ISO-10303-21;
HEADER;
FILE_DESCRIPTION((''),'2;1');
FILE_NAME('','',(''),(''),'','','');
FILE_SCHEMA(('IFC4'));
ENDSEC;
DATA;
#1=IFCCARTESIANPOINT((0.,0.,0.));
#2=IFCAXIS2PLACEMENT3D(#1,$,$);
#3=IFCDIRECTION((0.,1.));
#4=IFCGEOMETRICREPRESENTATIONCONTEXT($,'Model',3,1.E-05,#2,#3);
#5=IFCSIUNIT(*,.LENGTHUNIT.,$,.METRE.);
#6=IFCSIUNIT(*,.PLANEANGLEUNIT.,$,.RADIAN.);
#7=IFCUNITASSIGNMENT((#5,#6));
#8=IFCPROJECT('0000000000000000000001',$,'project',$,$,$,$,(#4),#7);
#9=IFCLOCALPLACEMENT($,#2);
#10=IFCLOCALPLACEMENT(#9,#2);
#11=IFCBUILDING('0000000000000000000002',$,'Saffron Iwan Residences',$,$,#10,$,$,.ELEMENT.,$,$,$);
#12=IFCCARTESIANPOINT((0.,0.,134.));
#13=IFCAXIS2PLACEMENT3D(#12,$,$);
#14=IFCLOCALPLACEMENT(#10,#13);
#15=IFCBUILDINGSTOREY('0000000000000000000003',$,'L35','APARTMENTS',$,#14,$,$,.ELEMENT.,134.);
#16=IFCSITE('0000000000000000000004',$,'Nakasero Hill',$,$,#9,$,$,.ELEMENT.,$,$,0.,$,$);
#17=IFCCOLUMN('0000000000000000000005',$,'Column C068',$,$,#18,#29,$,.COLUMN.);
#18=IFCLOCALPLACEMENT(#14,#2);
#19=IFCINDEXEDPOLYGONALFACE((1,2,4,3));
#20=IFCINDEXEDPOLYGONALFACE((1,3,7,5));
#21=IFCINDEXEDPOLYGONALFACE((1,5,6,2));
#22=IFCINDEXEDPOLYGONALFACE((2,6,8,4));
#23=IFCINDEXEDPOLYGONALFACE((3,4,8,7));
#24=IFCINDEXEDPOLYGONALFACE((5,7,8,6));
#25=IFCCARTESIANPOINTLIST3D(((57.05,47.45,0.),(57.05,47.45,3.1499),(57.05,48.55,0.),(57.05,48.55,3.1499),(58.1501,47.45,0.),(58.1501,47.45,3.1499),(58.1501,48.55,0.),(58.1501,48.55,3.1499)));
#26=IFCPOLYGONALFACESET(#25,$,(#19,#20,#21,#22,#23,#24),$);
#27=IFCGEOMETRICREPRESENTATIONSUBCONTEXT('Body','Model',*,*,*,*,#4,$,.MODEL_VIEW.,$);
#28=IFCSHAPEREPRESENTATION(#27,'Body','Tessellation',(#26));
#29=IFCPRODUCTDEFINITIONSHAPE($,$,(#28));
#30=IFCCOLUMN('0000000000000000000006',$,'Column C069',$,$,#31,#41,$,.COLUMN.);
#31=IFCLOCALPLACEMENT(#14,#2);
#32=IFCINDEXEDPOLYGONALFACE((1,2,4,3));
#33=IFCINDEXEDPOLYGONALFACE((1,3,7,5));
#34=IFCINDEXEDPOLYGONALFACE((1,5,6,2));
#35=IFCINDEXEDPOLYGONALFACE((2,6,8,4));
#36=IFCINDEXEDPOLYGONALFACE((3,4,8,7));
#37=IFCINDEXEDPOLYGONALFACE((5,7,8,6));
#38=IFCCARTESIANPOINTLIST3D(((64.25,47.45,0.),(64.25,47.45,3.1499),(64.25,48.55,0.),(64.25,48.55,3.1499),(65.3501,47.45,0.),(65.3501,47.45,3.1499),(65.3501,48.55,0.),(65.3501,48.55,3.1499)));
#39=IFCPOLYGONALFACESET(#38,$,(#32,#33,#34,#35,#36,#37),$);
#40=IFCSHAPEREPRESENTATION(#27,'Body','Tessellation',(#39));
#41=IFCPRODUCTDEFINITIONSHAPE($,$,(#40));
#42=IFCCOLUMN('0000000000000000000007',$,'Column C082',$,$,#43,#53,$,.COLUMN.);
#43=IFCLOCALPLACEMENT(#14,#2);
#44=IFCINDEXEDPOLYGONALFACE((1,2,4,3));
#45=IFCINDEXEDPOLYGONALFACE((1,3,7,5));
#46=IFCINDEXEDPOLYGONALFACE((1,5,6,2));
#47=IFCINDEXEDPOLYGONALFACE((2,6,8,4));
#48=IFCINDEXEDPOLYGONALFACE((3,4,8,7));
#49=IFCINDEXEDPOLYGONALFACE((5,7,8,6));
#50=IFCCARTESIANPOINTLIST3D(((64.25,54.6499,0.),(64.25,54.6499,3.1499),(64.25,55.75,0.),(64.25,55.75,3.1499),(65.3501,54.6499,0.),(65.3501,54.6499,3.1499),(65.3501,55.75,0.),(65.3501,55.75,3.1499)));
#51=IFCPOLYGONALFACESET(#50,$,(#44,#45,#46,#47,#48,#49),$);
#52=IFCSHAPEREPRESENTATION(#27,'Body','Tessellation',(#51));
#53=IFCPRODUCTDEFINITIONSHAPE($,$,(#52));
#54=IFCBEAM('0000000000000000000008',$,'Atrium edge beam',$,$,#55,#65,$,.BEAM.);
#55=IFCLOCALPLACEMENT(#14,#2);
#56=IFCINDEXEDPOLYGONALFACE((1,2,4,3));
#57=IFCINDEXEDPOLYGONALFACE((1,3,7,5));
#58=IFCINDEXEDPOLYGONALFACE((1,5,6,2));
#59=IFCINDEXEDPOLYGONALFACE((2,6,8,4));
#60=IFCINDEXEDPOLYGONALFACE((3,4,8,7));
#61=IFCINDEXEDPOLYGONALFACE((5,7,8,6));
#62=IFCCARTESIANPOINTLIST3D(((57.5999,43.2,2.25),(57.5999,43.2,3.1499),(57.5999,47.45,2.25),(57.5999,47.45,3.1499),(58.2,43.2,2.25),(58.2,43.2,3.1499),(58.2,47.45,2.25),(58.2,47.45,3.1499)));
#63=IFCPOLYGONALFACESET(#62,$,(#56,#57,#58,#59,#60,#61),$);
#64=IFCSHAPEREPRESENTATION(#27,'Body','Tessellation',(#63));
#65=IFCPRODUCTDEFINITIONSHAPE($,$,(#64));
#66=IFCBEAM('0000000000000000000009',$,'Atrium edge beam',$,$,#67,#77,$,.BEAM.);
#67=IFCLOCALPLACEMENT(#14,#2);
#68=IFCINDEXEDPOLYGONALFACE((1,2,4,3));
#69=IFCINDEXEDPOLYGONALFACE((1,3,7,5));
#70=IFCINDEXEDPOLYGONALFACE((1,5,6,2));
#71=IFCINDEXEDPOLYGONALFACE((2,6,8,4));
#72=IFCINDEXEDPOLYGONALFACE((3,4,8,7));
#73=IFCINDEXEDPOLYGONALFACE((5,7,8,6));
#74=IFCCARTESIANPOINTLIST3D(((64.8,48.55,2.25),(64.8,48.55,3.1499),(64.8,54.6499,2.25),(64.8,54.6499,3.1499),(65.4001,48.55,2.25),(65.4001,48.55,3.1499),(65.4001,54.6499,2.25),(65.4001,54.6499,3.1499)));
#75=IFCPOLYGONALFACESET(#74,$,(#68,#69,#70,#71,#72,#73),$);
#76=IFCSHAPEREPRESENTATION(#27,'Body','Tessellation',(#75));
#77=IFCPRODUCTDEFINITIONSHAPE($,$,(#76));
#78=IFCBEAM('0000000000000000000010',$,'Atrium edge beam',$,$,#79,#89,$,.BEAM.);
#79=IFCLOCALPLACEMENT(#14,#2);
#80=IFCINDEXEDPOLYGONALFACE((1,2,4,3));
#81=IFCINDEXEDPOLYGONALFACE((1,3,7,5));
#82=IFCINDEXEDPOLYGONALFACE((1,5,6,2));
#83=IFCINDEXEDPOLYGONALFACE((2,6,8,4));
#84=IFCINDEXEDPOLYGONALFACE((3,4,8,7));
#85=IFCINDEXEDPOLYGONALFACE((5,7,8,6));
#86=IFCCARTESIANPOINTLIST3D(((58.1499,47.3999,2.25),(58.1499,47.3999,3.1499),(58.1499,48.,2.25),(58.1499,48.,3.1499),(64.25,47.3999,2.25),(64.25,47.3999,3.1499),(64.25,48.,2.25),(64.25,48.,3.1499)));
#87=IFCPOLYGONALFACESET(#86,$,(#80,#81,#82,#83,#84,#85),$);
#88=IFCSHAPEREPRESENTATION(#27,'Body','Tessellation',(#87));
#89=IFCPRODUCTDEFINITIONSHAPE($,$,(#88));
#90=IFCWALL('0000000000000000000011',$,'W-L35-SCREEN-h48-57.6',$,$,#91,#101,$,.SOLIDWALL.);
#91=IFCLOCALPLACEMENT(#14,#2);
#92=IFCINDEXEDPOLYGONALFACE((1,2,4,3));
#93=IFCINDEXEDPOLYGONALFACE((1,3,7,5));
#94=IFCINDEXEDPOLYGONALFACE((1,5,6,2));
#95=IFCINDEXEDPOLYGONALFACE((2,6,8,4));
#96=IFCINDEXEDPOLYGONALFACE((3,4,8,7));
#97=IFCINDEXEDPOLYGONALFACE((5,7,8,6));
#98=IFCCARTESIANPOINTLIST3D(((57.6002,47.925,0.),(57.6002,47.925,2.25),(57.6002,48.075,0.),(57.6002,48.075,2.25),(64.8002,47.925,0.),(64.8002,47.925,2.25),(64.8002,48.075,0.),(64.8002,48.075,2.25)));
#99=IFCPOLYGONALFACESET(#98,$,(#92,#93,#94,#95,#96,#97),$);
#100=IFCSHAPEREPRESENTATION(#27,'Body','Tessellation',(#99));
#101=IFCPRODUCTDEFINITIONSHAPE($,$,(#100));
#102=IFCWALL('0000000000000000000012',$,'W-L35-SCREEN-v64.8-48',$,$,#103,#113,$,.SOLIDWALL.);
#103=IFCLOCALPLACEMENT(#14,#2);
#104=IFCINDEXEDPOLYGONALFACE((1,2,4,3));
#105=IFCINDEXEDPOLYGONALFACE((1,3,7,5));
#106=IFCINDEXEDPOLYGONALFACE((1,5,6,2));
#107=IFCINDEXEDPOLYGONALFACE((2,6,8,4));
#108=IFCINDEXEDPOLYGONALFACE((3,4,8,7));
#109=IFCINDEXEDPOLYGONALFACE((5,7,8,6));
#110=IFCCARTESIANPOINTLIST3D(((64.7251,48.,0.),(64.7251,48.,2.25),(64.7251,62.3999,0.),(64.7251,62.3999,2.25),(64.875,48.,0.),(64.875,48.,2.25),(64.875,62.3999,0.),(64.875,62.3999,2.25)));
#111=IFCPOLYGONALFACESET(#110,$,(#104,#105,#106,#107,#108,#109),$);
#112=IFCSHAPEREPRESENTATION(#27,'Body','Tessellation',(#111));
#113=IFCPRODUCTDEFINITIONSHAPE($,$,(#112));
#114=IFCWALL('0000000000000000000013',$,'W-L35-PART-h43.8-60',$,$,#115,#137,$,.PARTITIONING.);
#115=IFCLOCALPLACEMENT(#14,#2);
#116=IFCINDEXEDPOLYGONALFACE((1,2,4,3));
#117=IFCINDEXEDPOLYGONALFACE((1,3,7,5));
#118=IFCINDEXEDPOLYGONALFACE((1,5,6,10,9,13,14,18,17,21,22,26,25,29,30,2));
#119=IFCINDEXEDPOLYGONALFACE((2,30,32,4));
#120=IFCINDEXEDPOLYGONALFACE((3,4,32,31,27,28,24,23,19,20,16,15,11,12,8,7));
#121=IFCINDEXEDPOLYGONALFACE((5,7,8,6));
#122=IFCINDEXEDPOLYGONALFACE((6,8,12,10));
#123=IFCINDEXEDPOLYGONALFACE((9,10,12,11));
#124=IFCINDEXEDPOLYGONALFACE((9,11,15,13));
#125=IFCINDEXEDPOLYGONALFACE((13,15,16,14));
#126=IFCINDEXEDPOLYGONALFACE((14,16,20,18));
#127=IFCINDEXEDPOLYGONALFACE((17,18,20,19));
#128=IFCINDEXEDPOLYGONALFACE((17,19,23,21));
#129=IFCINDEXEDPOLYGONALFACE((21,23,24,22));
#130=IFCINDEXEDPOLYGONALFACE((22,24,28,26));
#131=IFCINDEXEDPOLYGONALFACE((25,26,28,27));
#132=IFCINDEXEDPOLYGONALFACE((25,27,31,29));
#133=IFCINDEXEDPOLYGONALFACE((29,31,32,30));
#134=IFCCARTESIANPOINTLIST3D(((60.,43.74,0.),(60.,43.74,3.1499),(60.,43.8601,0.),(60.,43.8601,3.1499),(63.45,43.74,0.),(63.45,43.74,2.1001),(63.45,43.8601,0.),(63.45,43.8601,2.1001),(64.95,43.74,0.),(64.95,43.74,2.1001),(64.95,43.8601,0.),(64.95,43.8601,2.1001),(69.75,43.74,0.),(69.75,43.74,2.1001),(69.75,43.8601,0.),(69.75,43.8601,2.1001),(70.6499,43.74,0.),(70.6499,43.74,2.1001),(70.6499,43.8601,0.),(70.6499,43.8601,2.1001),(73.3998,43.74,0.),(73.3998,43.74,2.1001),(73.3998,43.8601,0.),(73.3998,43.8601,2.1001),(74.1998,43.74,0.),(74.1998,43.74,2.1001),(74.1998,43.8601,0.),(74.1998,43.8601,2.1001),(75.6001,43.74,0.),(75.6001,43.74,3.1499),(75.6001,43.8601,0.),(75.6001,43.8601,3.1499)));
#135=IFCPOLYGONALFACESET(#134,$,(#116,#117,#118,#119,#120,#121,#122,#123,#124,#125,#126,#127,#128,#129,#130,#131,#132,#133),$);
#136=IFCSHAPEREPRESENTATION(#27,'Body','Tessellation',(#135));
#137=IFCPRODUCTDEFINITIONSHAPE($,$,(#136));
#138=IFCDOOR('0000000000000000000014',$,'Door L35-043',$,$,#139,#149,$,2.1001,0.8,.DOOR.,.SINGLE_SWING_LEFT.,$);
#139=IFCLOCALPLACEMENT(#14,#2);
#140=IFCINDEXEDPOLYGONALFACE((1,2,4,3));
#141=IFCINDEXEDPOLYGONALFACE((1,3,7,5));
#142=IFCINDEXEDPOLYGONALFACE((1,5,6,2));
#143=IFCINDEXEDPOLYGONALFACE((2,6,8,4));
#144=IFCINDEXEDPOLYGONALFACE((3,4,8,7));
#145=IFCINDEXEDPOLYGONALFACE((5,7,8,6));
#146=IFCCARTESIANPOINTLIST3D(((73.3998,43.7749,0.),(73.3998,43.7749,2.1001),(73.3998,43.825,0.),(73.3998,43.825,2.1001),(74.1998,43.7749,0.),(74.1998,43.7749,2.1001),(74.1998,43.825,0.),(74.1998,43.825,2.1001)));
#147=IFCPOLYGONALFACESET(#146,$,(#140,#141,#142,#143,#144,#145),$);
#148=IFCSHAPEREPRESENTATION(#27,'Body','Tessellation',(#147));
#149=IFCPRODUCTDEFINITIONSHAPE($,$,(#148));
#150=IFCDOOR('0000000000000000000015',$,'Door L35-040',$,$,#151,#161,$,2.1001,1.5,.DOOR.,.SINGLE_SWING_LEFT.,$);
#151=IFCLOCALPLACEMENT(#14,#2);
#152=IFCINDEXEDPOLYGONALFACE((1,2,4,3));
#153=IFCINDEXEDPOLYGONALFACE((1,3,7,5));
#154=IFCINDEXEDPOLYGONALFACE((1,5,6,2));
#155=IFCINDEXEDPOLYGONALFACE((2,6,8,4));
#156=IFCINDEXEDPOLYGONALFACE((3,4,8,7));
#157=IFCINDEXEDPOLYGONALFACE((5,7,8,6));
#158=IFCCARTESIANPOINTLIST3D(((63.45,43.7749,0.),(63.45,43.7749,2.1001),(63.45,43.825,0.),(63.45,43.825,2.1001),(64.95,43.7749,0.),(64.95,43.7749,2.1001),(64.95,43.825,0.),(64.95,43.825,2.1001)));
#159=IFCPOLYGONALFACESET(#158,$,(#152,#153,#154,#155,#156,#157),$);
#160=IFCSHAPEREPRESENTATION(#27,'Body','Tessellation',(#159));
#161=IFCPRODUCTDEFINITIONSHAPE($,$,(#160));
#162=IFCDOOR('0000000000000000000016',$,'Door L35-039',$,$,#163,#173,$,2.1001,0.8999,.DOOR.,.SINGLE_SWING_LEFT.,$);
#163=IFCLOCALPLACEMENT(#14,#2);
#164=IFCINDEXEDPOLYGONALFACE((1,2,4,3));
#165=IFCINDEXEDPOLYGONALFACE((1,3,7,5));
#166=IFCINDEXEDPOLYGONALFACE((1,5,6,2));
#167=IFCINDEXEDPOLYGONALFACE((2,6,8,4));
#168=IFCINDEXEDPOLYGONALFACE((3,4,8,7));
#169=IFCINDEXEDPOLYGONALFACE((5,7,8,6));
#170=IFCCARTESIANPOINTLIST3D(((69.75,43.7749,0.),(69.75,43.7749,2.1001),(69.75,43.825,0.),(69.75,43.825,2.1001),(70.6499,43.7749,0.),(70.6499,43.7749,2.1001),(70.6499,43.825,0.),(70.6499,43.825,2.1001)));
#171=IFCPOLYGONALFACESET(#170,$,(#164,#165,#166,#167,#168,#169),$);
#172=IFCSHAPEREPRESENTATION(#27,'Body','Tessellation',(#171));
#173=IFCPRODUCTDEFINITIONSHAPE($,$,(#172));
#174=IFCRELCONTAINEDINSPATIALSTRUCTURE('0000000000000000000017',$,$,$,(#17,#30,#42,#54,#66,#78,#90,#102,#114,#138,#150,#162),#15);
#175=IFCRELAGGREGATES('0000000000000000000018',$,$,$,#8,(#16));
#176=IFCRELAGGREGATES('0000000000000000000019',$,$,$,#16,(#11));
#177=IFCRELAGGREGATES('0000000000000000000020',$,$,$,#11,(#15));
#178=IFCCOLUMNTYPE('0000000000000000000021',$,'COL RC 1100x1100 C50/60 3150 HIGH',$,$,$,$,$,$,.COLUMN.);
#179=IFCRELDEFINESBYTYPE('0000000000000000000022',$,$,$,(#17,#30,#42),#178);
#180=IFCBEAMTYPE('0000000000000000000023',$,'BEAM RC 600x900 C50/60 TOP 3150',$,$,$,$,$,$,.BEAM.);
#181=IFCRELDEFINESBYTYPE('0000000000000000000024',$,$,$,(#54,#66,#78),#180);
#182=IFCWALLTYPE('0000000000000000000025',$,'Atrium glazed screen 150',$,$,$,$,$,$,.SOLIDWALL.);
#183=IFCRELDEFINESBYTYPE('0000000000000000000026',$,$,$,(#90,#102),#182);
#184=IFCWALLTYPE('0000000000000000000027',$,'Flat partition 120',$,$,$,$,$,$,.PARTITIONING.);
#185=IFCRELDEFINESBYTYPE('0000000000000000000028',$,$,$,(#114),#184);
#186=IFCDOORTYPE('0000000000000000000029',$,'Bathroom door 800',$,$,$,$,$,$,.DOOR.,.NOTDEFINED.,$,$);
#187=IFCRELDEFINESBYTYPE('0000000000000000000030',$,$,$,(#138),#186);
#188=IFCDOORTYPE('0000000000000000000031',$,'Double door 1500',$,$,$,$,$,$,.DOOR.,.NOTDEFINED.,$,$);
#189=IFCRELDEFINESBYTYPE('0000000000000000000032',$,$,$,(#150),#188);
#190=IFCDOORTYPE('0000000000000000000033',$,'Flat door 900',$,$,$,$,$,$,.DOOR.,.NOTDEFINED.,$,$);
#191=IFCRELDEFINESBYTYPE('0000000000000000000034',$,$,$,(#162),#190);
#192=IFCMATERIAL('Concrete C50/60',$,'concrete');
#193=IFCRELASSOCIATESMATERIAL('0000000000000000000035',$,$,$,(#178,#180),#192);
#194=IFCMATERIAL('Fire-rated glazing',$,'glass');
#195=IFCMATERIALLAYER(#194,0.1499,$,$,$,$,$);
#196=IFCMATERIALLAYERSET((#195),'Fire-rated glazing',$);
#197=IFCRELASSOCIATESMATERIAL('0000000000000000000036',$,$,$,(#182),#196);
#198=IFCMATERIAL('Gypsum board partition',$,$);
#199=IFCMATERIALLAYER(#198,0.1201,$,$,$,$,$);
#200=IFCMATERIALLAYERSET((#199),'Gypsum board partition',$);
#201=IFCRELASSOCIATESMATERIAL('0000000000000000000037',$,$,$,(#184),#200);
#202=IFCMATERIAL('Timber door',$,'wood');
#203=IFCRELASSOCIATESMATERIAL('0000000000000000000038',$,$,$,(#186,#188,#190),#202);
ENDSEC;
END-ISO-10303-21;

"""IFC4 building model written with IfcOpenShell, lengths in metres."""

from ifc_helpers import new_model, si_unit, direction, frame, frame_2d, origin, origin_2d, place, context, subcontext, project, spatial, rectangle, extrude, source, transform, mapped, material, layer, layer_set, material_profile, profile_set, type_object, element, fill, save


model = new_model("IFC4")

# Units and contexts
model_context = context("Model", 3, precision=1e-05, world=origin(), true_north=direction((0.0, 1.0)))
body_context = subcontext(model_context, "Body", "Model", "MODEL_VIEW")
ifc_project = project(units=[si_unit("LENGTHUNIT", "METRE"), si_unit("PLANEANGLEUNIT", "RADIAN")], contexts=[model_context])

# Site, building, storey
site_placement = place(None, origin())
site = spatial("IfcSite", under=ifc_project, at=site_placement, Name="Nakasero Hill", CompositionType="ELEMENT", RefElevation=0.0)
building_placement = place(site_placement, origin())
building = spatial("IfcBuilding", under=site, at=building_placement, Name="Saffron Iwan Residences", CompositionType="ELEMENT")
storey_placement = place(building_placement, frame((0.0, 0.0, 134.0)))
storey = spatial("IfcBuildingStorey", under=building, at=storey_placement, Name="L35", Description="APARTMENTS", CompositionType="ELEMENT", Elevation=134.0)

# Columns
ifc_material_1 = material(Name="Concrete C50/60", Category="concrete")
ifc_material_profile_1 = material_profile(ifc_material_1, rectangle(XDim=1.1001, YDim=1.1001, at=origin_2d()), Name="RC 1100x1100")
ifc_profile_set_1 = profile_set([ifc_material_profile_1], Name="Concrete C50/60")
column_type = type_object("IfcColumnType", Name="COL RC 1100x1100 C50/60 3150 HIGH", PredefinedType="COLUMN", material=ifc_profile_set_1)
shared_shape_1 = source(origin(), body_context, "Body", "SweptSolid", [
    extrude(rectangle(XDim=1.1001, YDim=1.1001, at=origin_2d()), origin(), (0.0, 0.0, 1.0), 3.1499),
])
for number, where, z_axis, x_axis, name in (
    (1, (57.6001, 48.0, 0.0), (0.0, 0.0, 1.0), (1.0, 0.0, 0.0), "Column C068"),
    (2, (64.8, 48.0, 0.0), (0.0, 0.0, 1.0), (1.0, 0.0, 0.0), "Column C069"),
    (3, (64.8, 55.2, 0.0), (0.0, 0.0, 1.0), (1.0, 0.0, 0.0), "Column C082"),
):
    element("IfcColumn", number, at=place(storey_placement, frame(where, z_axis=z_axis, x_axis=x_axis)), inside=storey, type_object=column_type, Name=name, PredefinedType="COLUMN", context=body_context, shape_type="MappedRepresentation", body=[
        mapped(shared_shape_1, transform((0.0, 0.0, 0.0))),
    ])

# Beams
ifc_material_profile_2 = material_profile(ifc_material_1, rectangle(XDim=0.6001, YDim=0.8999, at=origin_2d()), Name="RC 600x900")
ifc_profile_set_2 = profile_set([ifc_material_profile_2], Name="Concrete C50/60")
beam_type = type_object("IfcBeamType", Name="BEAM RC 600x900 C50/60 TOP 3150", PredefinedType="BEAM", material=ifc_profile_set_2)
shared_shape_2 = source(origin(), body_context, "Body", "SweptSolid", [
    extrude(rectangle(XDim=0.6001, YDim=0.8999, at=origin_2d()), origin(), (0.0, 0.0, 1.0), 4.25),
])
beam_1_placement = place(storey_placement, frame((57.8999, 47.45, 2.7), z_axis=(0.0, -1.0, 0.0), x_axis=(1.0, 0.0, 0.0)))
element("IfcBeam", 4, at=beam_1_placement, inside=storey, type_object=beam_type, Name="Atrium edge beam", PredefinedType="BEAM", context=body_context, shape_type="MappedRepresentation", body=[
    mapped(shared_shape_2, transform((0.0, 0.0, 0.0))),
])
shared_shape_3 = source(origin(), body_context, "Body", "SweptSolid", [
    extrude(rectangle(XDim=0.6001, YDim=0.8999, at=origin_2d()), origin(), (0.0, 0.0, 1.0), 6.0999),
])
beam_2_placement = place(storey_placement, frame((65.1001, 54.6499, 2.7), z_axis=(0.0, -1.0, 0.0), x_axis=(1.0, 0.0, 0.0)))
element("IfcBeam", 5, at=beam_2_placement, inside=storey, type_object=beam_type, Name="Atrium edge beam", PredefinedType="BEAM", context=body_context, shape_type="MappedRepresentation", body=[
    mapped(shared_shape_3, transform((0.0, 0.0, 0.0))),
])
shared_shape_4 = source(origin(), body_context, "Body", "SweptSolid", [
    extrude(rectangle(XDim=0.6001, YDim=0.8999, at=origin_2d()), origin(), (0.0, 0.0, 1.0), 6.1001),
])
beam_3_placement = place(storey_placement, frame((64.25, 47.7, 2.7), z_axis=(-1.0, 0.0, 0.0), x_axis=(0.0, -1.0, 0.0)))
element("IfcBeam", 6, at=beam_3_placement, inside=storey, type_object=beam_type, Name="Atrium edge beam", PredefinedType="BEAM", context=body_context, shape_type="MappedRepresentation", body=[
    mapped(shared_shape_4, transform((0.0, 0.0, 0.0))),
])

# Walls
ifc_material_2 = material(Name="Fire-rated glazing", Category="glass")
ifc_layer_1 = layer(ifc_material_2, 0.1499)
ifc_layer_set_1 = layer_set([ifc_layer_1], Name="Fire-rated glazing")
wall_type_1 = type_object("IfcWallType", Name="Atrium glazed screen 150", PredefinedType="SOLIDWALL", material=ifc_layer_set_1)
wall_1_placement = place(storey_placement, frame((57.6001, 48.0, 0.0), z_axis=(0.0, 0.0, 1.0), x_axis=(1.0, 0.0, 0.0)))
element("IfcWall", 7, at=wall_1_placement, inside=storey, type_object=wall_type_1, Name="W-L35-SCREEN-h48-57.6", PredefinedType="SOLIDWALL", context=body_context, shape_type="SweptSolid", body=[
    extrude(rectangle(XDim=7.2, YDim=0.1499, at=frame_2d((3.6001, 0.0))), origin(), (0.0, 0.0, 1.0), 2.25),
])
wall_2_placement = place(storey_placement, frame((64.8, 48.0, 0.0), z_axis=(0.0, 0.0, 1.0), x_axis=(0.0, 1.0, 0.0)))
element("IfcWall", 8, at=wall_2_placement, inside=storey, type_object=wall_type_1, Name="W-L35-SCREEN-v64.8-48", PredefinedType="SOLIDWALL", context=body_context, shape_type="SweptSolid", body=[
    extrude(rectangle(XDim=14.3999, YDim=0.1499, at=frame_2d((7.2, 0.0))), origin(), (0.0, 0.0, 1.0), 2.25),
])

# Wall, openings, doors
ifc_material_3 = material(Name="Gypsum board partition")
ifc_layer_2 = layer(ifc_material_3, 0.1201)
ifc_layer_set_2 = layer_set([ifc_layer_2], Name="Gypsum board partition")
wall_type_2 = type_object("IfcWallType", Name="Flat partition 120", PredefinedType="PARTITIONING", material=ifc_layer_set_2)
wall_3_placement = place(storey_placement, frame((60.0, 43.8, 0.0), z_axis=(0.0, 0.0, 1.0), x_axis=(1.0, 0.0, 0.0)))
wall_3 = element("IfcWall", 9, at=wall_3_placement, inside=storey, type_object=wall_type_2, Name="W-L35-PART-h43.8-60", PredefinedType="PARTITIONING", context=body_context, shape_type="SweptSolid", body=[
    extrude(rectangle(XDim=15.6001, YDim=0.1201, at=frame_2d((7.8, 0.0))), origin(), (0.0, 0.0, 1.0), 3.1499),
])
opening_1_placement = place(wall_3_placement, frame((9.75, 0.0, 0.0)))
opening_1 = element("IfcOpeningElement", 10, at=opening_1_placement, cuts=wall_3, PredefinedType="OPENING", context=body_context, shape_type="SweptSolid", body=[
    extrude(rectangle(XDim=0.8999, YDim=2.1001, at=frame_2d((0.45, 1.05))), frame((0.0, 0.0701, 0.0), z_axis=(0.0, -1.0, 0.0), x_axis=(1.0, 0.0, 0.0)), (0.0, 0.0, 1.0), 0.1401),
])
opening_2_placement = place(wall_3_placement, frame((3.45, 0.0, 0.0)))
opening_2 = element("IfcOpeningElement", 11, at=opening_2_placement, cuts=wall_3, PredefinedType="OPENING", context=body_context, shape_type="SweptSolid", body=[
    extrude(rectangle(XDim=1.5, YDim=2.1001, at=frame_2d((0.75, 1.05))), frame((0.0, 0.0701, 0.0), z_axis=(0.0, -1.0, 0.0), x_axis=(1.0, 0.0, 0.0)), (0.0, 0.0, 1.0), 0.1401),
])
opening_3_placement = place(wall_3_placement, frame((13.3999, 0.0, 0.0)))
opening_3 = element("IfcOpeningElement", 12, at=opening_3_placement, cuts=wall_3, PredefinedType="OPENING", context=body_context, shape_type="SweptSolid", body=[
    extrude(rectangle(XDim=0.8, YDim=2.1001, at=frame_2d((0.3999, 1.05))), frame((0.0, 0.0701, 0.0), z_axis=(0.0, -1.0, 0.0), x_axis=(1.0, 0.0, 0.0)), (0.0, 0.0, 1.0), 0.1401),
])
ifc_material_4 = material(Name="Timber door", Category="wood")
door_type_1 = type_object("IfcDoorType", Name="Bathroom door 800", OperationType="NOTDEFINED", PredefinedType="DOOR", material=ifc_material_4)
door_1_placement = place(opening_3_placement, origin())
door_1 = element("IfcDoor", 13, at=door_1_placement, inside=storey, type_object=door_type_1, Name="Door L35-043", OperationType="SINGLE_SWING_LEFT", OverallHeight=2.1001, OverallWidth=0.8, PredefinedType="DOOR", context=body_context, shape_type="SweptSolid", body=[
    extrude(rectangle(XDim=0.8, YDim=2.1001, at=frame_2d((0.3999, 1.05))), frame((0.0, 0.0249, 0.0), z_axis=(0.0, -1.0, 0.0), x_axis=(1.0, 0.0, 0.0)), (0.0, 0.0, 1.0), 0.05),
])
fill(opening_3, door_1)
door_type_2 = type_object("IfcDoorType", Name="Double door 1500", OperationType="NOTDEFINED", PredefinedType="DOOR", material=ifc_material_4)
door_2_placement = place(opening_2_placement, origin())
door_2 = element("IfcDoor", 14, at=door_2_placement, inside=storey, type_object=door_type_2, Name="Door L35-040", OperationType="SINGLE_SWING_LEFT", OverallHeight=2.1001, OverallWidth=1.5, PredefinedType="DOOR", context=body_context, shape_type="SweptSolid", body=[
    extrude(rectangle(XDim=1.5, YDim=2.1001, at=frame_2d((0.75, 1.05))), frame((0.0, 0.0249, 0.0), z_axis=(0.0, -1.0, 0.0), x_axis=(1.0, 0.0, 0.0)), (0.0, 0.0, 1.0), 0.05),
])
fill(opening_2, door_2)
door_type_3 = type_object("IfcDoorType", Name="Flat door 900", OperationType="NOTDEFINED", PredefinedType="DOOR", material=ifc_material_4)
door_3_placement = place(opening_1_placement, origin())
door_3 = element("IfcDoor", 15, at=door_3_placement, inside=storey, type_object=door_type_3, Name="Door L35-039", OperationType="SINGLE_SWING_LEFT", OverallHeight=2.1001, OverallWidth=0.8999, PredefinedType="DOOR", context=body_context, shape_type="SweptSolid", body=[
    extrude(rectangle(XDim=0.8999, YDim=2.1001, at=frame_2d((0.45, 1.05))), frame((0.0, 0.0249, 0.0), z_axis=(0.0, -1.0, 0.0), x_axis=(1.0, 0.0, 0.0)), (0.0, 0.0, 1.0), 0.05),
])
fill(opening_1, door_3)

save(model, "model.ifc")
